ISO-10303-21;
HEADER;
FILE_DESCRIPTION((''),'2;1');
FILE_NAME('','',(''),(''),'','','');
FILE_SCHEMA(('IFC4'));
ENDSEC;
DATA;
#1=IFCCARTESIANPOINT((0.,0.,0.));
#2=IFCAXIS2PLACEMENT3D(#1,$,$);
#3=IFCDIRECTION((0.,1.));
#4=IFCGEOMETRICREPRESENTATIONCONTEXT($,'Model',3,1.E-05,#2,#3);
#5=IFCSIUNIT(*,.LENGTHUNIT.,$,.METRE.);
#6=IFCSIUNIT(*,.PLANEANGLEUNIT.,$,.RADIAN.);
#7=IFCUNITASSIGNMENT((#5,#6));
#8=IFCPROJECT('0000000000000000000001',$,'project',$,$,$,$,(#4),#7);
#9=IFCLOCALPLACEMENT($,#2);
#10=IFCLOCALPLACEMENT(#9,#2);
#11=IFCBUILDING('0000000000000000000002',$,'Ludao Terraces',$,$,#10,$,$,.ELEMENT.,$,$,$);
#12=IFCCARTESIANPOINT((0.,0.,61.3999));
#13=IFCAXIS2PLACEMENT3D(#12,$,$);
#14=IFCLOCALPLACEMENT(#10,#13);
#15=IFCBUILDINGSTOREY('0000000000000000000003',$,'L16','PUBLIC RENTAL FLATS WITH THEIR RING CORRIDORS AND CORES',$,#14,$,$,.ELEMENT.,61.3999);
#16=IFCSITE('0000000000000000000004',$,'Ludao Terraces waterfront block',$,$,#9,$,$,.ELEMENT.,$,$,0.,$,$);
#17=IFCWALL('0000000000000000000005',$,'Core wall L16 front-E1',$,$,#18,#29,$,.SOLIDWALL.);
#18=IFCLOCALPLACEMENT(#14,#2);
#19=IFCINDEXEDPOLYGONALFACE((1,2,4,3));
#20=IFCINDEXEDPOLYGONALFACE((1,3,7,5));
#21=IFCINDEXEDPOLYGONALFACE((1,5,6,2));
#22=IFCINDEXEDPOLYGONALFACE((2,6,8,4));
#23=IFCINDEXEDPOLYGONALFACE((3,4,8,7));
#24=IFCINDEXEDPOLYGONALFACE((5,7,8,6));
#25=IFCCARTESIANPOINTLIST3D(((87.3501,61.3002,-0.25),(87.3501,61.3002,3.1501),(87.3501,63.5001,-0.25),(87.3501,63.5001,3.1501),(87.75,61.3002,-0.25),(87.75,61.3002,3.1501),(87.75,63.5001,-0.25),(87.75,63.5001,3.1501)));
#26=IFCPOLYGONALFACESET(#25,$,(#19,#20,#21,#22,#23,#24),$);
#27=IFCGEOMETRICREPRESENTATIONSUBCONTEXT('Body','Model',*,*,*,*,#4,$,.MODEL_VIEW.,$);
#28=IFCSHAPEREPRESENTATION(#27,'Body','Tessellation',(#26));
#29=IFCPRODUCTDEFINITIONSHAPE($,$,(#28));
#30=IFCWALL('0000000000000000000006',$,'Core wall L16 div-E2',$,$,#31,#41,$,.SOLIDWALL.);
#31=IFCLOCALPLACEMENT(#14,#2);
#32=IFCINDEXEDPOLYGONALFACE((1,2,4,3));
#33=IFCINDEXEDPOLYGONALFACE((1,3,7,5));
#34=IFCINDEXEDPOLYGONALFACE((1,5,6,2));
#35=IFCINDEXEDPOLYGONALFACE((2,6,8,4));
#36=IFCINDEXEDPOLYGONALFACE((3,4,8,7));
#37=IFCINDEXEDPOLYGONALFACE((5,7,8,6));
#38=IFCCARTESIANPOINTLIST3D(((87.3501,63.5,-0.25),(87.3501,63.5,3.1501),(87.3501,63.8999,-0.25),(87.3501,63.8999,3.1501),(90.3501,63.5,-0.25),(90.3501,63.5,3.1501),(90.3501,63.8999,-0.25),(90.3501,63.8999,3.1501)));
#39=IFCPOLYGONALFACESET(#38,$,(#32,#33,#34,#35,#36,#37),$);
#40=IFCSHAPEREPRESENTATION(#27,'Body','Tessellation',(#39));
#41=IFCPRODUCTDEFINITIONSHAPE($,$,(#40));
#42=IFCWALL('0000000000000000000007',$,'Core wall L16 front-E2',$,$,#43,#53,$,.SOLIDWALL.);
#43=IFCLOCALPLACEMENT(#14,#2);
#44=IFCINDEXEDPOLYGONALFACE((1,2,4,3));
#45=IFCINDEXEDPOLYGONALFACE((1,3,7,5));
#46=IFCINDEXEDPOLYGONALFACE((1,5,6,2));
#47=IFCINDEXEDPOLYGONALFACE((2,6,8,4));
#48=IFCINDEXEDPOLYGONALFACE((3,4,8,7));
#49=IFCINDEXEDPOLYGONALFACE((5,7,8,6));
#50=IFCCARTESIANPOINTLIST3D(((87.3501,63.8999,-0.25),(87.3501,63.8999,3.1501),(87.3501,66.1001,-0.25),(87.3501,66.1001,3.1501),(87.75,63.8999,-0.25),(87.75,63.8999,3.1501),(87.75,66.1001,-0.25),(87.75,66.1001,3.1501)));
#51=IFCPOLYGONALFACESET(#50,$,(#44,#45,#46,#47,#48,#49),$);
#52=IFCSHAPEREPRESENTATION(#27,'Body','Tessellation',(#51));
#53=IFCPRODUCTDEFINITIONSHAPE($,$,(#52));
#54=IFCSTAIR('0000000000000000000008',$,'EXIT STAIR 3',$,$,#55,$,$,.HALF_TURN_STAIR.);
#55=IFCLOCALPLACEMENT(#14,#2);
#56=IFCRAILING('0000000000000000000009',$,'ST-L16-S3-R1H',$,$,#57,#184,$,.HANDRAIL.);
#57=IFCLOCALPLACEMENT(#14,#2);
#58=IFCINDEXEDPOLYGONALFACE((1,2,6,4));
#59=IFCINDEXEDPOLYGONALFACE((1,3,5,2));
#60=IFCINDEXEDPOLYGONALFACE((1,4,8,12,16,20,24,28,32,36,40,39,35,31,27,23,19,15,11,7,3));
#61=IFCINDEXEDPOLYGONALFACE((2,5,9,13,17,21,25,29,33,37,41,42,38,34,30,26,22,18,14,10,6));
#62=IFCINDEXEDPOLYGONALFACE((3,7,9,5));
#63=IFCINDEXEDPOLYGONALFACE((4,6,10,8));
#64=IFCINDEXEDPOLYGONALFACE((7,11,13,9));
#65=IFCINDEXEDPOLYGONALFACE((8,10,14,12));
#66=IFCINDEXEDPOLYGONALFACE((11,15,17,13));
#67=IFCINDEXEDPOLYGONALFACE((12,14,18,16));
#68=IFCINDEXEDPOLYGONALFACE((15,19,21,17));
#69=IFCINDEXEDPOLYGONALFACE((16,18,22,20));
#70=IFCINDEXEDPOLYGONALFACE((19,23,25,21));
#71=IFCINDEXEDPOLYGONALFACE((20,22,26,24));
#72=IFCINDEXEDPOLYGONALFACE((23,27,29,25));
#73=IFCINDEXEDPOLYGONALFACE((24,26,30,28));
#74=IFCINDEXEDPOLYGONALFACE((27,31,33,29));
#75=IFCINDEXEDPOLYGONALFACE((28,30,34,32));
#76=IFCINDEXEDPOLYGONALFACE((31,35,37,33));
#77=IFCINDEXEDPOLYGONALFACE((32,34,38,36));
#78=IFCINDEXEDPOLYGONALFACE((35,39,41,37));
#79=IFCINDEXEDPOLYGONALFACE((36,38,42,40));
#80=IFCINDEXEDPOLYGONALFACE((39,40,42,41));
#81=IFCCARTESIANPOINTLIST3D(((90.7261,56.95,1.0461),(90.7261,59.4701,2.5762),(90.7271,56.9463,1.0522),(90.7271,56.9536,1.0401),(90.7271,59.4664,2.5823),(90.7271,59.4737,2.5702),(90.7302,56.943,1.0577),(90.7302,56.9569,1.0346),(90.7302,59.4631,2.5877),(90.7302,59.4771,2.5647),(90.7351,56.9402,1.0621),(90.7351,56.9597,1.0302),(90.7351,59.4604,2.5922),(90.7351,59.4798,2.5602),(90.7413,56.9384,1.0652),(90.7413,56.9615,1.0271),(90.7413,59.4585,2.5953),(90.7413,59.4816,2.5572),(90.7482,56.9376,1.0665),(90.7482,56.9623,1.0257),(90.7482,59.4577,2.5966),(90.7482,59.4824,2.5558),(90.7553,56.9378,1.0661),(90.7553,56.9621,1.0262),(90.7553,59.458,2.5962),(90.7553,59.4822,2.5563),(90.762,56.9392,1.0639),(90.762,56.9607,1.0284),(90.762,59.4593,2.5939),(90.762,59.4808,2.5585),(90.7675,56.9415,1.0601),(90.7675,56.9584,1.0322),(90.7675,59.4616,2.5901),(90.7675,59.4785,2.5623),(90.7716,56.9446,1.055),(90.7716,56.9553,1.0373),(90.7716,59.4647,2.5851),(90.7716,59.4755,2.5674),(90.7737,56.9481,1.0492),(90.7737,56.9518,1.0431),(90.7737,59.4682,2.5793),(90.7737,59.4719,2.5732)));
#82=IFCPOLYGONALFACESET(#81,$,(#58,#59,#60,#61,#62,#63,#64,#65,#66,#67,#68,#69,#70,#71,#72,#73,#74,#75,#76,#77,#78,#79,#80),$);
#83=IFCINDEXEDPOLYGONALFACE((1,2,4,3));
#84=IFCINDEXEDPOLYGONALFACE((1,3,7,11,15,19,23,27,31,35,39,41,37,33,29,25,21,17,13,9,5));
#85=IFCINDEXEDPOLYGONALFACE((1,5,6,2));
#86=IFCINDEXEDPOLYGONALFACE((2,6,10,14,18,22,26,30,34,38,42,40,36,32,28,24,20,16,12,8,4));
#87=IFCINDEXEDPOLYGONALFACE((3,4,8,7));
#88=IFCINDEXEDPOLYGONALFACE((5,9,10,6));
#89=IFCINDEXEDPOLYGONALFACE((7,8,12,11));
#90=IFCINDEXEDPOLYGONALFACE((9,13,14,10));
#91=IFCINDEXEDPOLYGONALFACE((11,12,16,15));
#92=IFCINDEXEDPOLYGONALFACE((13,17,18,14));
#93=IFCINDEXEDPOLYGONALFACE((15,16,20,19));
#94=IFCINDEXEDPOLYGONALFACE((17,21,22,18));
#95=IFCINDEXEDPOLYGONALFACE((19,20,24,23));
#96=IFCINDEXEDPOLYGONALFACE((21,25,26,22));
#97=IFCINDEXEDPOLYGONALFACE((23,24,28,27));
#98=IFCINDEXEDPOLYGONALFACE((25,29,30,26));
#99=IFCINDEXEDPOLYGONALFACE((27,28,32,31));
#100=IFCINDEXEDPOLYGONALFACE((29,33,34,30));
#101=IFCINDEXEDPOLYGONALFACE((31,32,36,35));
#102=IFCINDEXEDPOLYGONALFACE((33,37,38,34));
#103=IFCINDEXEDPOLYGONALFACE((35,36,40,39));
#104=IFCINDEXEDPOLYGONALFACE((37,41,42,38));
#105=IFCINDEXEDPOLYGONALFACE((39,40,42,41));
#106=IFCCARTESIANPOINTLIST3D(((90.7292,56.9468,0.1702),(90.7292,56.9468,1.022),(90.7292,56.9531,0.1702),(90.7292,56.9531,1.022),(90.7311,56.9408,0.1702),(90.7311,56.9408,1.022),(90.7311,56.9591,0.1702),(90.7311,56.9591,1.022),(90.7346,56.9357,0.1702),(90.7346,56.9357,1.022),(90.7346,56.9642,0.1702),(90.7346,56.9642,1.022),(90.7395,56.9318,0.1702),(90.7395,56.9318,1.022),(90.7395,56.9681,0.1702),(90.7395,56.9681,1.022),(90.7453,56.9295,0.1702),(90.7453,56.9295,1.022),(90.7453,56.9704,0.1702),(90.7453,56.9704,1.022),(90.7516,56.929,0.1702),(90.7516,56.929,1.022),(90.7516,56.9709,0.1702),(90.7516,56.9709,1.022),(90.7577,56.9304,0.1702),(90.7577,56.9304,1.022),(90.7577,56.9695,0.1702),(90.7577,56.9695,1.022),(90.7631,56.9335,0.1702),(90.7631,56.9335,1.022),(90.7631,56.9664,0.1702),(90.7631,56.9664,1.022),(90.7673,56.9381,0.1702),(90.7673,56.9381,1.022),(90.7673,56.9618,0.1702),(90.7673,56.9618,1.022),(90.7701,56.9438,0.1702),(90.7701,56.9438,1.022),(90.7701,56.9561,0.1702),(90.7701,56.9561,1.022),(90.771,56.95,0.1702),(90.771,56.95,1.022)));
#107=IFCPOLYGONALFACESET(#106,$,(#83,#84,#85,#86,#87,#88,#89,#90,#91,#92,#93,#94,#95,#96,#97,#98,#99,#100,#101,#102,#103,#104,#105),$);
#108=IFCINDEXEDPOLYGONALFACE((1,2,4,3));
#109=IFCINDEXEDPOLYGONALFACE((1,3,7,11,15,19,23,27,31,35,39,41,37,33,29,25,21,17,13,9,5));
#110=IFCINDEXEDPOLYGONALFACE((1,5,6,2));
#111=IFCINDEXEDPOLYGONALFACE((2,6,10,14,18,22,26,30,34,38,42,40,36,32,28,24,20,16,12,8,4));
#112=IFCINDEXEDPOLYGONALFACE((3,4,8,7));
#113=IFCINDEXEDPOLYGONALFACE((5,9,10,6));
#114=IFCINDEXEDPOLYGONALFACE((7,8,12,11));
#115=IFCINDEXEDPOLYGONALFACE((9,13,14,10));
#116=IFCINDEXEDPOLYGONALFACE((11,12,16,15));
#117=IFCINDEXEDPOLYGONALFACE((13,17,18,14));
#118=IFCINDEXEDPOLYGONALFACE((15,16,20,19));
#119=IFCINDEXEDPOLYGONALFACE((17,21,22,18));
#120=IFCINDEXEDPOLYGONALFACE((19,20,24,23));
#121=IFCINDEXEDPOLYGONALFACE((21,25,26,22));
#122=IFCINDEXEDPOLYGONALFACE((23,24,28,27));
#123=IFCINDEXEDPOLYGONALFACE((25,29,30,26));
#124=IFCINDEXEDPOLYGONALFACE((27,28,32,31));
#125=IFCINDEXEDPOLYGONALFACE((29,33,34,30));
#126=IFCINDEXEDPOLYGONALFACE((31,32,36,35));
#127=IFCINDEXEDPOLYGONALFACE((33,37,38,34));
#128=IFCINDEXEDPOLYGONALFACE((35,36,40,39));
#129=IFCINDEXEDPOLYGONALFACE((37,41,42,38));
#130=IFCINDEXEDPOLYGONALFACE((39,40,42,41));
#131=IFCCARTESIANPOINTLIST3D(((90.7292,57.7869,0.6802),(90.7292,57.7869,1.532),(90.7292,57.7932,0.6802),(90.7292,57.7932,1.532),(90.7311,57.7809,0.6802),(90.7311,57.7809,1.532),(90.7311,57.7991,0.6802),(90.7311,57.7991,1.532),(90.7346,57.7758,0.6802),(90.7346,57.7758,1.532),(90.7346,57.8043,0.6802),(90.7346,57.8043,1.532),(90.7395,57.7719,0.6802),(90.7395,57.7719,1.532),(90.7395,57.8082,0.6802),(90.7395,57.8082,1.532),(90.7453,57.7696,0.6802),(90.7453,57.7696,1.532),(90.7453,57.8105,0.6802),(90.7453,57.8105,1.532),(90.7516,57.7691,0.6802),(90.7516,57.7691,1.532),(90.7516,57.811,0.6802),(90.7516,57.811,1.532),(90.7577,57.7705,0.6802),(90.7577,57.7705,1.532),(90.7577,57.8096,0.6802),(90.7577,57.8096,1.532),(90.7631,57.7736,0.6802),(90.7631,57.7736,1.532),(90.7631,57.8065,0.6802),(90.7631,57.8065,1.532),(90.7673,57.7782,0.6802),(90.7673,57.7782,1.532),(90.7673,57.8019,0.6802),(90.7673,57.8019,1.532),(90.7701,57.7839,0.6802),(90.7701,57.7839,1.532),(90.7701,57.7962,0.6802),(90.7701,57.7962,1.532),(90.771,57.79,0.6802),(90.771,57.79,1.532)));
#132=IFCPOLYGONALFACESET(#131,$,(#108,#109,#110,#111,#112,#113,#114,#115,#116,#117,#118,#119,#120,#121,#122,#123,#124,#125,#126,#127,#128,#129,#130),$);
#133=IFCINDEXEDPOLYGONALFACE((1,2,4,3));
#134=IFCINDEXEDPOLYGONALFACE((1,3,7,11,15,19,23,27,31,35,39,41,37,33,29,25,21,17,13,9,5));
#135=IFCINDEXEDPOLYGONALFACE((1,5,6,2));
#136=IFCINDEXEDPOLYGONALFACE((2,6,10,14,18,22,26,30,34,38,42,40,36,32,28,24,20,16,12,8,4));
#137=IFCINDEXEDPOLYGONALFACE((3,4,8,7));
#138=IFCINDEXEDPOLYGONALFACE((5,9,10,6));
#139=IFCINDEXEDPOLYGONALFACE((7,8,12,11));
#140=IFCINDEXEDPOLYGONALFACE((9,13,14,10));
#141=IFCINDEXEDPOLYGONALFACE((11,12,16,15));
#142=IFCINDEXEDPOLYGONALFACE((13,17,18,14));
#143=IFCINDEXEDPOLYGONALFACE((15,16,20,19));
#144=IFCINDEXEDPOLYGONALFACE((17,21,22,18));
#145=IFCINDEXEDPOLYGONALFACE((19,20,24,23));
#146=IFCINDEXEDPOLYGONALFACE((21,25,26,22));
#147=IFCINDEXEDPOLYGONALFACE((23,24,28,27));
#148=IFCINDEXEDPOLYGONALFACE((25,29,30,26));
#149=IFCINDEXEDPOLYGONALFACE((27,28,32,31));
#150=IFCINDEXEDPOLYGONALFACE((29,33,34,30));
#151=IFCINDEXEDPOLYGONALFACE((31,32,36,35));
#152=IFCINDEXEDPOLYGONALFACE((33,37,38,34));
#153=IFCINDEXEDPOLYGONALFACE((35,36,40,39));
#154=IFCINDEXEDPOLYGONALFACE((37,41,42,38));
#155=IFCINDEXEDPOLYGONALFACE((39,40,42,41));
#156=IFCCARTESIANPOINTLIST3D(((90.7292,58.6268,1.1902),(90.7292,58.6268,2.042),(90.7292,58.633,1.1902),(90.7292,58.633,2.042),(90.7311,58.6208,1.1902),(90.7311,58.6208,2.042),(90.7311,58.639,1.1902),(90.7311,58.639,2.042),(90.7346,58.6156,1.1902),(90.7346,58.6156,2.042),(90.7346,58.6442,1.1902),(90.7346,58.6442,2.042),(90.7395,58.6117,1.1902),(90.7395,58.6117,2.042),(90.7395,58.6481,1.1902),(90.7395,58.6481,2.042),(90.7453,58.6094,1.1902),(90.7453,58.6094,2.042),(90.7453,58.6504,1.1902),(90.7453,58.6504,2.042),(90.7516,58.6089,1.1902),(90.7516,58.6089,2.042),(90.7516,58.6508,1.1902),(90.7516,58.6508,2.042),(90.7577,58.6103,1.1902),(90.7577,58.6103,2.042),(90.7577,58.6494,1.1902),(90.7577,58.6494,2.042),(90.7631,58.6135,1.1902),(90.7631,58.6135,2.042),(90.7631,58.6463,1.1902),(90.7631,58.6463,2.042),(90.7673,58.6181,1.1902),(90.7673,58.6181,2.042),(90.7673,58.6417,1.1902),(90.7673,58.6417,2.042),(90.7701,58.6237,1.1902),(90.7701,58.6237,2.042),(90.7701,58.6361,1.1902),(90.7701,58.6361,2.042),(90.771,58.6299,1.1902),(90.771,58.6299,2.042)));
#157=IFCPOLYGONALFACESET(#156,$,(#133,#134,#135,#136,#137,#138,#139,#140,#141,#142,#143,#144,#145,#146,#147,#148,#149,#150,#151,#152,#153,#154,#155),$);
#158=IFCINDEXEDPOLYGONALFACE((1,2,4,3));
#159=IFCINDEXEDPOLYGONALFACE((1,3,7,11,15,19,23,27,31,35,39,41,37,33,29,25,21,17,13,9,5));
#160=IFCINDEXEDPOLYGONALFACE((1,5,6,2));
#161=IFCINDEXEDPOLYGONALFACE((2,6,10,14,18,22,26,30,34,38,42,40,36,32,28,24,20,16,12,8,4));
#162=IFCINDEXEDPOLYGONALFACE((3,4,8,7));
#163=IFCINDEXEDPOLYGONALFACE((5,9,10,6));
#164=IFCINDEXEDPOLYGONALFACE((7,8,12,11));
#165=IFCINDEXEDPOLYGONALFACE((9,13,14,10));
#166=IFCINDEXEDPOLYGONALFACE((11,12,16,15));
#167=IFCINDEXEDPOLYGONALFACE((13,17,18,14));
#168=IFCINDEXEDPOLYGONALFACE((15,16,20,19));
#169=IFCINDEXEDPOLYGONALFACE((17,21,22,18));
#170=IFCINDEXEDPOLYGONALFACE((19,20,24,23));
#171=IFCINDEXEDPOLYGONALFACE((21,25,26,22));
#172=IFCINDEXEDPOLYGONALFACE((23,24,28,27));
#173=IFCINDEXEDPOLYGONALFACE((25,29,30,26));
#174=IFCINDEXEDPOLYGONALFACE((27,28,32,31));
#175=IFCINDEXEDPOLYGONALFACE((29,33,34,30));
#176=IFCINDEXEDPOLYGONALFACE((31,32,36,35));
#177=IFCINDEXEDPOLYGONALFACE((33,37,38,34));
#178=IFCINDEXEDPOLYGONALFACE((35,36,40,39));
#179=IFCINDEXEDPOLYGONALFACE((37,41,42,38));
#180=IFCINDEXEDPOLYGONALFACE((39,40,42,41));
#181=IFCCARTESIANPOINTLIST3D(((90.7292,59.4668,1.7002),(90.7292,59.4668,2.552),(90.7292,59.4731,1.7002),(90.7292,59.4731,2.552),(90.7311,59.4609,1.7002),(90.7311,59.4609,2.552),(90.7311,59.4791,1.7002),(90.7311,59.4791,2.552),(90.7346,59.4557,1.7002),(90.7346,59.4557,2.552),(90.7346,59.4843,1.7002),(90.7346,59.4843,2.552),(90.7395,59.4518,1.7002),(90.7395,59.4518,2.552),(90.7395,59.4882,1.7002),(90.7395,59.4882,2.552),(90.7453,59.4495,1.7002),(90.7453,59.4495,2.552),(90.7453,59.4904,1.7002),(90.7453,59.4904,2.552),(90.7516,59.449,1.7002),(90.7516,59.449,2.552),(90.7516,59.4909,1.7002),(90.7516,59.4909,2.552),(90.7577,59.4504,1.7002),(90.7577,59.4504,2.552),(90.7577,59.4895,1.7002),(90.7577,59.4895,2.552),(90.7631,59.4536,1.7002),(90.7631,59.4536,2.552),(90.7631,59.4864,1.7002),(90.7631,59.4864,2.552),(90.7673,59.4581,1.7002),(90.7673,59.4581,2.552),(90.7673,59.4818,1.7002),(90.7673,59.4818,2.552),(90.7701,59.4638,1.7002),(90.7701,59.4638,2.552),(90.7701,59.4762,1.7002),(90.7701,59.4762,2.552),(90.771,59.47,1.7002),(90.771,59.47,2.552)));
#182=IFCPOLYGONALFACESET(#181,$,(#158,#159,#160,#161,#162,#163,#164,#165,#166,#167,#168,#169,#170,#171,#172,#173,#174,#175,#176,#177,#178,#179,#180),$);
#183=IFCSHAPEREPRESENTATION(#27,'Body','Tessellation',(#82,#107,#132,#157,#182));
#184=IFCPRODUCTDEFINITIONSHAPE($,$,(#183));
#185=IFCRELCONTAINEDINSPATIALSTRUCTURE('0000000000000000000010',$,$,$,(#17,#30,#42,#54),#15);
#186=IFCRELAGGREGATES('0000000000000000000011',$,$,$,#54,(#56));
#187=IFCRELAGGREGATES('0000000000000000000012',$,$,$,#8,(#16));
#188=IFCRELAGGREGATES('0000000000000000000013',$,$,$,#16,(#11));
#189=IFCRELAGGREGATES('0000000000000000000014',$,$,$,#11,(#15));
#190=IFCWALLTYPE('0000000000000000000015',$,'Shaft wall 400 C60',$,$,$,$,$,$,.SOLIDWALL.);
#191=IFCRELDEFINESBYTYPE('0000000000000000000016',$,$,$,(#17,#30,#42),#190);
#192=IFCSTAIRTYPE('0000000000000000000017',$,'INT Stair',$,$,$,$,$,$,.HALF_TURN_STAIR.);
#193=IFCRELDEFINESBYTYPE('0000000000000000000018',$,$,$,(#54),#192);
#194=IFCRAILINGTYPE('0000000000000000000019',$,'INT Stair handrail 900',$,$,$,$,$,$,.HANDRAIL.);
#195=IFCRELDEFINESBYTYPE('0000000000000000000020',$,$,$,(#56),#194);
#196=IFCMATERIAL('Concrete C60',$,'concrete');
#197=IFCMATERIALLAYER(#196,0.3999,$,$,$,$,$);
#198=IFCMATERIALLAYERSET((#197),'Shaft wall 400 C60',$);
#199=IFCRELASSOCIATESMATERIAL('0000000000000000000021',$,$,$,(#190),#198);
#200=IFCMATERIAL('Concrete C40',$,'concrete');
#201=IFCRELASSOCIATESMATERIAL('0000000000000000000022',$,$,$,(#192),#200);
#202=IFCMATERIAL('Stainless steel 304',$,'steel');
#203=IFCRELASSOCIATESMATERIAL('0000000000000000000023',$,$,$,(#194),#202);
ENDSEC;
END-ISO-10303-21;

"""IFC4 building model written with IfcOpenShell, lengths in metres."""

from ifc_helpers import new_model, si_unit, direction, frame, frame_2d, origin, origin_2d, place, context, subcontext, project, spatial, rectangle, circle, extrude, material, layer, layer_set, type_object, element, aggregate, save


model = new_model("IFC4")

# Units and contexts
model_context = context("Model", 3, precision=1e-05, world=origin(), true_north=direction((0.0, 1.0)))
body_context = subcontext(model_context, "Body", "Model", "MODEL_VIEW")
ifc_project = project(units=[si_unit("LENGTHUNIT", "METRE"), si_unit("PLANEANGLEUNIT", "RADIAN")], contexts=[model_context])

# Site, building, storey
site_placement = place(None, origin())
site = spatial("IfcSite", under=ifc_project, at=site_placement, Name="Ludao Terraces waterfront block", CompositionType="ELEMENT", RefElevation=0.0)
building_placement = place(site_placement, origin())
building = spatial("IfcBuilding", under=site, at=building_placement, Name="Ludao Terraces", CompositionType="ELEMENT")
storey_placement = place(building_placement, frame((0.0, 0.0, 61.3999)))
storey = spatial("IfcBuildingStorey", under=building, at=storey_placement, Name="L16", Description="PUBLIC RENTAL FLATS WITH THEIR RING CORRIDORS AND CORES", CompositionType="ELEMENT", Elevation=61.3999)

# Shared definitions
ifc_material_1 = material(Name="Concrete C60", Category="concrete")
ifc_layer_1 = layer(ifc_material_1, 0.3999)
ifc_layer_set_1 = layer_set([ifc_layer_1], Name="Shaft wall 400 C60")
wall_type_1 = type_object("IfcWallType", Name="Shaft wall 400 C60", PredefinedType="SOLIDWALL", material=ifc_layer_set_1)

# Walls
wall_1_placement = place(storey_placement, frame((87.55, 61.3, -0.25), z_axis=(0.0, 0.0, 1.0), x_axis=(0.0, 1.0, 0.0)))
element("IfcWall", 1, at=wall_1_placement, inside=storey, type_object=wall_type_1, Name="Core wall L16 front-E1", PredefinedType="SOLIDWALL", context=body_context, shape_type="SweptSolid", body=[
    extrude(rectangle(XDim=2.2, YDim=0.3999, at=frame_2d((1.1001, 0.0))), origin(), (0.0, 0.0, 1.0), 3.4001),
])
wall_2_placement = place(storey_placement, frame((87.3501, 63.7, -0.25), z_axis=(0.0, 0.0, 1.0), x_axis=(1.0, 0.0, 0.0)))
element("IfcWall", 2, at=wall_2_placement, inside=storey, type_object=wall_type_1, Name="Core wall L16 div-E2", PredefinedType="SOLIDWALL", context=body_context, shape_type="SweptSolid", body=[
    extrude(rectangle(XDim=3.0, YDim=0.3999, at=frame_2d((1.5, 0.0))), origin(), (0.0, 0.0, 1.0), 3.4001),
])
wall_3_placement = place(storey_placement, frame((87.55, 63.8999, -0.25), z_axis=(0.0, 0.0, 1.0), x_axis=(0.0, 1.0, 0.0)))
element("IfcWall", 3, at=wall_3_placement, inside=storey, type_object=wall_type_1, Name="Core wall L16 front-E2", PredefinedType="SOLIDWALL", context=body_context, shape_type="SweptSolid", body=[
    extrude(rectangle(XDim=2.2002, YDim=0.3999, at=frame_2d((1.1001, 0.0))), origin(), (0.0, 0.0, 1.0), 3.4001),
])

# Stair, railing
ifc_material_2 = material(Name="Concrete C40", Category="concrete")
stair_type = type_object("IfcStairType", Name="INT Stair", PredefinedType="HALF_TURN_STAIR", material=ifc_material_2)
stair_placement = place(storey_placement, origin())
stair = element("IfcStair", 4, at=stair_placement, inside=storey, type_object=stair_type, Name="EXIT STAIR 3", PredefinedType="HALF_TURN_STAIR")
ifc_material_3 = material(Name="Stainless steel 304", Category="steel")
railing_type = type_object("IfcRailingType", Name="INT Stair handrail 900", PredefinedType="HANDRAIL", material=ifc_material_3)
railing_placement = place(storey_placement, frame((90.75, 56.95, 0.1702)))
railing = element("IfcRailing", 5, at=railing_placement, type_object=railing_type, Name="ST-L16-S3-R1H", PredefinedType="HANDRAIL", context=body_context, shape_type="SweptSolid", body=[
    extrude(circle(Radius=0.0239, at=origin_2d()), frame((0.0, 0.0, 0.876), z_axis=(0.0, 0.854785, 0.518982), x_axis=(-1.0, 0.0, 0.0)), (0.0, 0.0, 1.0), 2.9482),
    extrude(circle(Radius=0.021, at=origin_2d()), origin(), (0.0, 0.0, 1.0), 0.8518),
    extrude(circle(Radius=0.021, at=origin_2d()), frame((0.0, 0.8401, 0.51)), (0.0, 0.0, 1.0), 0.8518),
    extrude(circle(Radius=0.021, at=origin_2d()), frame((0.0, 1.6799, 1.02)), (0.0, 0.0, 1.0), 0.8518),
    extrude(circle(Radius=0.021, at=origin_2d()), frame((0.0, 2.52, 1.53)), (0.0, 0.0, 1.0), 0.8518),
])
aggregate(stair, [railing])

save(model, "model.ifc")
